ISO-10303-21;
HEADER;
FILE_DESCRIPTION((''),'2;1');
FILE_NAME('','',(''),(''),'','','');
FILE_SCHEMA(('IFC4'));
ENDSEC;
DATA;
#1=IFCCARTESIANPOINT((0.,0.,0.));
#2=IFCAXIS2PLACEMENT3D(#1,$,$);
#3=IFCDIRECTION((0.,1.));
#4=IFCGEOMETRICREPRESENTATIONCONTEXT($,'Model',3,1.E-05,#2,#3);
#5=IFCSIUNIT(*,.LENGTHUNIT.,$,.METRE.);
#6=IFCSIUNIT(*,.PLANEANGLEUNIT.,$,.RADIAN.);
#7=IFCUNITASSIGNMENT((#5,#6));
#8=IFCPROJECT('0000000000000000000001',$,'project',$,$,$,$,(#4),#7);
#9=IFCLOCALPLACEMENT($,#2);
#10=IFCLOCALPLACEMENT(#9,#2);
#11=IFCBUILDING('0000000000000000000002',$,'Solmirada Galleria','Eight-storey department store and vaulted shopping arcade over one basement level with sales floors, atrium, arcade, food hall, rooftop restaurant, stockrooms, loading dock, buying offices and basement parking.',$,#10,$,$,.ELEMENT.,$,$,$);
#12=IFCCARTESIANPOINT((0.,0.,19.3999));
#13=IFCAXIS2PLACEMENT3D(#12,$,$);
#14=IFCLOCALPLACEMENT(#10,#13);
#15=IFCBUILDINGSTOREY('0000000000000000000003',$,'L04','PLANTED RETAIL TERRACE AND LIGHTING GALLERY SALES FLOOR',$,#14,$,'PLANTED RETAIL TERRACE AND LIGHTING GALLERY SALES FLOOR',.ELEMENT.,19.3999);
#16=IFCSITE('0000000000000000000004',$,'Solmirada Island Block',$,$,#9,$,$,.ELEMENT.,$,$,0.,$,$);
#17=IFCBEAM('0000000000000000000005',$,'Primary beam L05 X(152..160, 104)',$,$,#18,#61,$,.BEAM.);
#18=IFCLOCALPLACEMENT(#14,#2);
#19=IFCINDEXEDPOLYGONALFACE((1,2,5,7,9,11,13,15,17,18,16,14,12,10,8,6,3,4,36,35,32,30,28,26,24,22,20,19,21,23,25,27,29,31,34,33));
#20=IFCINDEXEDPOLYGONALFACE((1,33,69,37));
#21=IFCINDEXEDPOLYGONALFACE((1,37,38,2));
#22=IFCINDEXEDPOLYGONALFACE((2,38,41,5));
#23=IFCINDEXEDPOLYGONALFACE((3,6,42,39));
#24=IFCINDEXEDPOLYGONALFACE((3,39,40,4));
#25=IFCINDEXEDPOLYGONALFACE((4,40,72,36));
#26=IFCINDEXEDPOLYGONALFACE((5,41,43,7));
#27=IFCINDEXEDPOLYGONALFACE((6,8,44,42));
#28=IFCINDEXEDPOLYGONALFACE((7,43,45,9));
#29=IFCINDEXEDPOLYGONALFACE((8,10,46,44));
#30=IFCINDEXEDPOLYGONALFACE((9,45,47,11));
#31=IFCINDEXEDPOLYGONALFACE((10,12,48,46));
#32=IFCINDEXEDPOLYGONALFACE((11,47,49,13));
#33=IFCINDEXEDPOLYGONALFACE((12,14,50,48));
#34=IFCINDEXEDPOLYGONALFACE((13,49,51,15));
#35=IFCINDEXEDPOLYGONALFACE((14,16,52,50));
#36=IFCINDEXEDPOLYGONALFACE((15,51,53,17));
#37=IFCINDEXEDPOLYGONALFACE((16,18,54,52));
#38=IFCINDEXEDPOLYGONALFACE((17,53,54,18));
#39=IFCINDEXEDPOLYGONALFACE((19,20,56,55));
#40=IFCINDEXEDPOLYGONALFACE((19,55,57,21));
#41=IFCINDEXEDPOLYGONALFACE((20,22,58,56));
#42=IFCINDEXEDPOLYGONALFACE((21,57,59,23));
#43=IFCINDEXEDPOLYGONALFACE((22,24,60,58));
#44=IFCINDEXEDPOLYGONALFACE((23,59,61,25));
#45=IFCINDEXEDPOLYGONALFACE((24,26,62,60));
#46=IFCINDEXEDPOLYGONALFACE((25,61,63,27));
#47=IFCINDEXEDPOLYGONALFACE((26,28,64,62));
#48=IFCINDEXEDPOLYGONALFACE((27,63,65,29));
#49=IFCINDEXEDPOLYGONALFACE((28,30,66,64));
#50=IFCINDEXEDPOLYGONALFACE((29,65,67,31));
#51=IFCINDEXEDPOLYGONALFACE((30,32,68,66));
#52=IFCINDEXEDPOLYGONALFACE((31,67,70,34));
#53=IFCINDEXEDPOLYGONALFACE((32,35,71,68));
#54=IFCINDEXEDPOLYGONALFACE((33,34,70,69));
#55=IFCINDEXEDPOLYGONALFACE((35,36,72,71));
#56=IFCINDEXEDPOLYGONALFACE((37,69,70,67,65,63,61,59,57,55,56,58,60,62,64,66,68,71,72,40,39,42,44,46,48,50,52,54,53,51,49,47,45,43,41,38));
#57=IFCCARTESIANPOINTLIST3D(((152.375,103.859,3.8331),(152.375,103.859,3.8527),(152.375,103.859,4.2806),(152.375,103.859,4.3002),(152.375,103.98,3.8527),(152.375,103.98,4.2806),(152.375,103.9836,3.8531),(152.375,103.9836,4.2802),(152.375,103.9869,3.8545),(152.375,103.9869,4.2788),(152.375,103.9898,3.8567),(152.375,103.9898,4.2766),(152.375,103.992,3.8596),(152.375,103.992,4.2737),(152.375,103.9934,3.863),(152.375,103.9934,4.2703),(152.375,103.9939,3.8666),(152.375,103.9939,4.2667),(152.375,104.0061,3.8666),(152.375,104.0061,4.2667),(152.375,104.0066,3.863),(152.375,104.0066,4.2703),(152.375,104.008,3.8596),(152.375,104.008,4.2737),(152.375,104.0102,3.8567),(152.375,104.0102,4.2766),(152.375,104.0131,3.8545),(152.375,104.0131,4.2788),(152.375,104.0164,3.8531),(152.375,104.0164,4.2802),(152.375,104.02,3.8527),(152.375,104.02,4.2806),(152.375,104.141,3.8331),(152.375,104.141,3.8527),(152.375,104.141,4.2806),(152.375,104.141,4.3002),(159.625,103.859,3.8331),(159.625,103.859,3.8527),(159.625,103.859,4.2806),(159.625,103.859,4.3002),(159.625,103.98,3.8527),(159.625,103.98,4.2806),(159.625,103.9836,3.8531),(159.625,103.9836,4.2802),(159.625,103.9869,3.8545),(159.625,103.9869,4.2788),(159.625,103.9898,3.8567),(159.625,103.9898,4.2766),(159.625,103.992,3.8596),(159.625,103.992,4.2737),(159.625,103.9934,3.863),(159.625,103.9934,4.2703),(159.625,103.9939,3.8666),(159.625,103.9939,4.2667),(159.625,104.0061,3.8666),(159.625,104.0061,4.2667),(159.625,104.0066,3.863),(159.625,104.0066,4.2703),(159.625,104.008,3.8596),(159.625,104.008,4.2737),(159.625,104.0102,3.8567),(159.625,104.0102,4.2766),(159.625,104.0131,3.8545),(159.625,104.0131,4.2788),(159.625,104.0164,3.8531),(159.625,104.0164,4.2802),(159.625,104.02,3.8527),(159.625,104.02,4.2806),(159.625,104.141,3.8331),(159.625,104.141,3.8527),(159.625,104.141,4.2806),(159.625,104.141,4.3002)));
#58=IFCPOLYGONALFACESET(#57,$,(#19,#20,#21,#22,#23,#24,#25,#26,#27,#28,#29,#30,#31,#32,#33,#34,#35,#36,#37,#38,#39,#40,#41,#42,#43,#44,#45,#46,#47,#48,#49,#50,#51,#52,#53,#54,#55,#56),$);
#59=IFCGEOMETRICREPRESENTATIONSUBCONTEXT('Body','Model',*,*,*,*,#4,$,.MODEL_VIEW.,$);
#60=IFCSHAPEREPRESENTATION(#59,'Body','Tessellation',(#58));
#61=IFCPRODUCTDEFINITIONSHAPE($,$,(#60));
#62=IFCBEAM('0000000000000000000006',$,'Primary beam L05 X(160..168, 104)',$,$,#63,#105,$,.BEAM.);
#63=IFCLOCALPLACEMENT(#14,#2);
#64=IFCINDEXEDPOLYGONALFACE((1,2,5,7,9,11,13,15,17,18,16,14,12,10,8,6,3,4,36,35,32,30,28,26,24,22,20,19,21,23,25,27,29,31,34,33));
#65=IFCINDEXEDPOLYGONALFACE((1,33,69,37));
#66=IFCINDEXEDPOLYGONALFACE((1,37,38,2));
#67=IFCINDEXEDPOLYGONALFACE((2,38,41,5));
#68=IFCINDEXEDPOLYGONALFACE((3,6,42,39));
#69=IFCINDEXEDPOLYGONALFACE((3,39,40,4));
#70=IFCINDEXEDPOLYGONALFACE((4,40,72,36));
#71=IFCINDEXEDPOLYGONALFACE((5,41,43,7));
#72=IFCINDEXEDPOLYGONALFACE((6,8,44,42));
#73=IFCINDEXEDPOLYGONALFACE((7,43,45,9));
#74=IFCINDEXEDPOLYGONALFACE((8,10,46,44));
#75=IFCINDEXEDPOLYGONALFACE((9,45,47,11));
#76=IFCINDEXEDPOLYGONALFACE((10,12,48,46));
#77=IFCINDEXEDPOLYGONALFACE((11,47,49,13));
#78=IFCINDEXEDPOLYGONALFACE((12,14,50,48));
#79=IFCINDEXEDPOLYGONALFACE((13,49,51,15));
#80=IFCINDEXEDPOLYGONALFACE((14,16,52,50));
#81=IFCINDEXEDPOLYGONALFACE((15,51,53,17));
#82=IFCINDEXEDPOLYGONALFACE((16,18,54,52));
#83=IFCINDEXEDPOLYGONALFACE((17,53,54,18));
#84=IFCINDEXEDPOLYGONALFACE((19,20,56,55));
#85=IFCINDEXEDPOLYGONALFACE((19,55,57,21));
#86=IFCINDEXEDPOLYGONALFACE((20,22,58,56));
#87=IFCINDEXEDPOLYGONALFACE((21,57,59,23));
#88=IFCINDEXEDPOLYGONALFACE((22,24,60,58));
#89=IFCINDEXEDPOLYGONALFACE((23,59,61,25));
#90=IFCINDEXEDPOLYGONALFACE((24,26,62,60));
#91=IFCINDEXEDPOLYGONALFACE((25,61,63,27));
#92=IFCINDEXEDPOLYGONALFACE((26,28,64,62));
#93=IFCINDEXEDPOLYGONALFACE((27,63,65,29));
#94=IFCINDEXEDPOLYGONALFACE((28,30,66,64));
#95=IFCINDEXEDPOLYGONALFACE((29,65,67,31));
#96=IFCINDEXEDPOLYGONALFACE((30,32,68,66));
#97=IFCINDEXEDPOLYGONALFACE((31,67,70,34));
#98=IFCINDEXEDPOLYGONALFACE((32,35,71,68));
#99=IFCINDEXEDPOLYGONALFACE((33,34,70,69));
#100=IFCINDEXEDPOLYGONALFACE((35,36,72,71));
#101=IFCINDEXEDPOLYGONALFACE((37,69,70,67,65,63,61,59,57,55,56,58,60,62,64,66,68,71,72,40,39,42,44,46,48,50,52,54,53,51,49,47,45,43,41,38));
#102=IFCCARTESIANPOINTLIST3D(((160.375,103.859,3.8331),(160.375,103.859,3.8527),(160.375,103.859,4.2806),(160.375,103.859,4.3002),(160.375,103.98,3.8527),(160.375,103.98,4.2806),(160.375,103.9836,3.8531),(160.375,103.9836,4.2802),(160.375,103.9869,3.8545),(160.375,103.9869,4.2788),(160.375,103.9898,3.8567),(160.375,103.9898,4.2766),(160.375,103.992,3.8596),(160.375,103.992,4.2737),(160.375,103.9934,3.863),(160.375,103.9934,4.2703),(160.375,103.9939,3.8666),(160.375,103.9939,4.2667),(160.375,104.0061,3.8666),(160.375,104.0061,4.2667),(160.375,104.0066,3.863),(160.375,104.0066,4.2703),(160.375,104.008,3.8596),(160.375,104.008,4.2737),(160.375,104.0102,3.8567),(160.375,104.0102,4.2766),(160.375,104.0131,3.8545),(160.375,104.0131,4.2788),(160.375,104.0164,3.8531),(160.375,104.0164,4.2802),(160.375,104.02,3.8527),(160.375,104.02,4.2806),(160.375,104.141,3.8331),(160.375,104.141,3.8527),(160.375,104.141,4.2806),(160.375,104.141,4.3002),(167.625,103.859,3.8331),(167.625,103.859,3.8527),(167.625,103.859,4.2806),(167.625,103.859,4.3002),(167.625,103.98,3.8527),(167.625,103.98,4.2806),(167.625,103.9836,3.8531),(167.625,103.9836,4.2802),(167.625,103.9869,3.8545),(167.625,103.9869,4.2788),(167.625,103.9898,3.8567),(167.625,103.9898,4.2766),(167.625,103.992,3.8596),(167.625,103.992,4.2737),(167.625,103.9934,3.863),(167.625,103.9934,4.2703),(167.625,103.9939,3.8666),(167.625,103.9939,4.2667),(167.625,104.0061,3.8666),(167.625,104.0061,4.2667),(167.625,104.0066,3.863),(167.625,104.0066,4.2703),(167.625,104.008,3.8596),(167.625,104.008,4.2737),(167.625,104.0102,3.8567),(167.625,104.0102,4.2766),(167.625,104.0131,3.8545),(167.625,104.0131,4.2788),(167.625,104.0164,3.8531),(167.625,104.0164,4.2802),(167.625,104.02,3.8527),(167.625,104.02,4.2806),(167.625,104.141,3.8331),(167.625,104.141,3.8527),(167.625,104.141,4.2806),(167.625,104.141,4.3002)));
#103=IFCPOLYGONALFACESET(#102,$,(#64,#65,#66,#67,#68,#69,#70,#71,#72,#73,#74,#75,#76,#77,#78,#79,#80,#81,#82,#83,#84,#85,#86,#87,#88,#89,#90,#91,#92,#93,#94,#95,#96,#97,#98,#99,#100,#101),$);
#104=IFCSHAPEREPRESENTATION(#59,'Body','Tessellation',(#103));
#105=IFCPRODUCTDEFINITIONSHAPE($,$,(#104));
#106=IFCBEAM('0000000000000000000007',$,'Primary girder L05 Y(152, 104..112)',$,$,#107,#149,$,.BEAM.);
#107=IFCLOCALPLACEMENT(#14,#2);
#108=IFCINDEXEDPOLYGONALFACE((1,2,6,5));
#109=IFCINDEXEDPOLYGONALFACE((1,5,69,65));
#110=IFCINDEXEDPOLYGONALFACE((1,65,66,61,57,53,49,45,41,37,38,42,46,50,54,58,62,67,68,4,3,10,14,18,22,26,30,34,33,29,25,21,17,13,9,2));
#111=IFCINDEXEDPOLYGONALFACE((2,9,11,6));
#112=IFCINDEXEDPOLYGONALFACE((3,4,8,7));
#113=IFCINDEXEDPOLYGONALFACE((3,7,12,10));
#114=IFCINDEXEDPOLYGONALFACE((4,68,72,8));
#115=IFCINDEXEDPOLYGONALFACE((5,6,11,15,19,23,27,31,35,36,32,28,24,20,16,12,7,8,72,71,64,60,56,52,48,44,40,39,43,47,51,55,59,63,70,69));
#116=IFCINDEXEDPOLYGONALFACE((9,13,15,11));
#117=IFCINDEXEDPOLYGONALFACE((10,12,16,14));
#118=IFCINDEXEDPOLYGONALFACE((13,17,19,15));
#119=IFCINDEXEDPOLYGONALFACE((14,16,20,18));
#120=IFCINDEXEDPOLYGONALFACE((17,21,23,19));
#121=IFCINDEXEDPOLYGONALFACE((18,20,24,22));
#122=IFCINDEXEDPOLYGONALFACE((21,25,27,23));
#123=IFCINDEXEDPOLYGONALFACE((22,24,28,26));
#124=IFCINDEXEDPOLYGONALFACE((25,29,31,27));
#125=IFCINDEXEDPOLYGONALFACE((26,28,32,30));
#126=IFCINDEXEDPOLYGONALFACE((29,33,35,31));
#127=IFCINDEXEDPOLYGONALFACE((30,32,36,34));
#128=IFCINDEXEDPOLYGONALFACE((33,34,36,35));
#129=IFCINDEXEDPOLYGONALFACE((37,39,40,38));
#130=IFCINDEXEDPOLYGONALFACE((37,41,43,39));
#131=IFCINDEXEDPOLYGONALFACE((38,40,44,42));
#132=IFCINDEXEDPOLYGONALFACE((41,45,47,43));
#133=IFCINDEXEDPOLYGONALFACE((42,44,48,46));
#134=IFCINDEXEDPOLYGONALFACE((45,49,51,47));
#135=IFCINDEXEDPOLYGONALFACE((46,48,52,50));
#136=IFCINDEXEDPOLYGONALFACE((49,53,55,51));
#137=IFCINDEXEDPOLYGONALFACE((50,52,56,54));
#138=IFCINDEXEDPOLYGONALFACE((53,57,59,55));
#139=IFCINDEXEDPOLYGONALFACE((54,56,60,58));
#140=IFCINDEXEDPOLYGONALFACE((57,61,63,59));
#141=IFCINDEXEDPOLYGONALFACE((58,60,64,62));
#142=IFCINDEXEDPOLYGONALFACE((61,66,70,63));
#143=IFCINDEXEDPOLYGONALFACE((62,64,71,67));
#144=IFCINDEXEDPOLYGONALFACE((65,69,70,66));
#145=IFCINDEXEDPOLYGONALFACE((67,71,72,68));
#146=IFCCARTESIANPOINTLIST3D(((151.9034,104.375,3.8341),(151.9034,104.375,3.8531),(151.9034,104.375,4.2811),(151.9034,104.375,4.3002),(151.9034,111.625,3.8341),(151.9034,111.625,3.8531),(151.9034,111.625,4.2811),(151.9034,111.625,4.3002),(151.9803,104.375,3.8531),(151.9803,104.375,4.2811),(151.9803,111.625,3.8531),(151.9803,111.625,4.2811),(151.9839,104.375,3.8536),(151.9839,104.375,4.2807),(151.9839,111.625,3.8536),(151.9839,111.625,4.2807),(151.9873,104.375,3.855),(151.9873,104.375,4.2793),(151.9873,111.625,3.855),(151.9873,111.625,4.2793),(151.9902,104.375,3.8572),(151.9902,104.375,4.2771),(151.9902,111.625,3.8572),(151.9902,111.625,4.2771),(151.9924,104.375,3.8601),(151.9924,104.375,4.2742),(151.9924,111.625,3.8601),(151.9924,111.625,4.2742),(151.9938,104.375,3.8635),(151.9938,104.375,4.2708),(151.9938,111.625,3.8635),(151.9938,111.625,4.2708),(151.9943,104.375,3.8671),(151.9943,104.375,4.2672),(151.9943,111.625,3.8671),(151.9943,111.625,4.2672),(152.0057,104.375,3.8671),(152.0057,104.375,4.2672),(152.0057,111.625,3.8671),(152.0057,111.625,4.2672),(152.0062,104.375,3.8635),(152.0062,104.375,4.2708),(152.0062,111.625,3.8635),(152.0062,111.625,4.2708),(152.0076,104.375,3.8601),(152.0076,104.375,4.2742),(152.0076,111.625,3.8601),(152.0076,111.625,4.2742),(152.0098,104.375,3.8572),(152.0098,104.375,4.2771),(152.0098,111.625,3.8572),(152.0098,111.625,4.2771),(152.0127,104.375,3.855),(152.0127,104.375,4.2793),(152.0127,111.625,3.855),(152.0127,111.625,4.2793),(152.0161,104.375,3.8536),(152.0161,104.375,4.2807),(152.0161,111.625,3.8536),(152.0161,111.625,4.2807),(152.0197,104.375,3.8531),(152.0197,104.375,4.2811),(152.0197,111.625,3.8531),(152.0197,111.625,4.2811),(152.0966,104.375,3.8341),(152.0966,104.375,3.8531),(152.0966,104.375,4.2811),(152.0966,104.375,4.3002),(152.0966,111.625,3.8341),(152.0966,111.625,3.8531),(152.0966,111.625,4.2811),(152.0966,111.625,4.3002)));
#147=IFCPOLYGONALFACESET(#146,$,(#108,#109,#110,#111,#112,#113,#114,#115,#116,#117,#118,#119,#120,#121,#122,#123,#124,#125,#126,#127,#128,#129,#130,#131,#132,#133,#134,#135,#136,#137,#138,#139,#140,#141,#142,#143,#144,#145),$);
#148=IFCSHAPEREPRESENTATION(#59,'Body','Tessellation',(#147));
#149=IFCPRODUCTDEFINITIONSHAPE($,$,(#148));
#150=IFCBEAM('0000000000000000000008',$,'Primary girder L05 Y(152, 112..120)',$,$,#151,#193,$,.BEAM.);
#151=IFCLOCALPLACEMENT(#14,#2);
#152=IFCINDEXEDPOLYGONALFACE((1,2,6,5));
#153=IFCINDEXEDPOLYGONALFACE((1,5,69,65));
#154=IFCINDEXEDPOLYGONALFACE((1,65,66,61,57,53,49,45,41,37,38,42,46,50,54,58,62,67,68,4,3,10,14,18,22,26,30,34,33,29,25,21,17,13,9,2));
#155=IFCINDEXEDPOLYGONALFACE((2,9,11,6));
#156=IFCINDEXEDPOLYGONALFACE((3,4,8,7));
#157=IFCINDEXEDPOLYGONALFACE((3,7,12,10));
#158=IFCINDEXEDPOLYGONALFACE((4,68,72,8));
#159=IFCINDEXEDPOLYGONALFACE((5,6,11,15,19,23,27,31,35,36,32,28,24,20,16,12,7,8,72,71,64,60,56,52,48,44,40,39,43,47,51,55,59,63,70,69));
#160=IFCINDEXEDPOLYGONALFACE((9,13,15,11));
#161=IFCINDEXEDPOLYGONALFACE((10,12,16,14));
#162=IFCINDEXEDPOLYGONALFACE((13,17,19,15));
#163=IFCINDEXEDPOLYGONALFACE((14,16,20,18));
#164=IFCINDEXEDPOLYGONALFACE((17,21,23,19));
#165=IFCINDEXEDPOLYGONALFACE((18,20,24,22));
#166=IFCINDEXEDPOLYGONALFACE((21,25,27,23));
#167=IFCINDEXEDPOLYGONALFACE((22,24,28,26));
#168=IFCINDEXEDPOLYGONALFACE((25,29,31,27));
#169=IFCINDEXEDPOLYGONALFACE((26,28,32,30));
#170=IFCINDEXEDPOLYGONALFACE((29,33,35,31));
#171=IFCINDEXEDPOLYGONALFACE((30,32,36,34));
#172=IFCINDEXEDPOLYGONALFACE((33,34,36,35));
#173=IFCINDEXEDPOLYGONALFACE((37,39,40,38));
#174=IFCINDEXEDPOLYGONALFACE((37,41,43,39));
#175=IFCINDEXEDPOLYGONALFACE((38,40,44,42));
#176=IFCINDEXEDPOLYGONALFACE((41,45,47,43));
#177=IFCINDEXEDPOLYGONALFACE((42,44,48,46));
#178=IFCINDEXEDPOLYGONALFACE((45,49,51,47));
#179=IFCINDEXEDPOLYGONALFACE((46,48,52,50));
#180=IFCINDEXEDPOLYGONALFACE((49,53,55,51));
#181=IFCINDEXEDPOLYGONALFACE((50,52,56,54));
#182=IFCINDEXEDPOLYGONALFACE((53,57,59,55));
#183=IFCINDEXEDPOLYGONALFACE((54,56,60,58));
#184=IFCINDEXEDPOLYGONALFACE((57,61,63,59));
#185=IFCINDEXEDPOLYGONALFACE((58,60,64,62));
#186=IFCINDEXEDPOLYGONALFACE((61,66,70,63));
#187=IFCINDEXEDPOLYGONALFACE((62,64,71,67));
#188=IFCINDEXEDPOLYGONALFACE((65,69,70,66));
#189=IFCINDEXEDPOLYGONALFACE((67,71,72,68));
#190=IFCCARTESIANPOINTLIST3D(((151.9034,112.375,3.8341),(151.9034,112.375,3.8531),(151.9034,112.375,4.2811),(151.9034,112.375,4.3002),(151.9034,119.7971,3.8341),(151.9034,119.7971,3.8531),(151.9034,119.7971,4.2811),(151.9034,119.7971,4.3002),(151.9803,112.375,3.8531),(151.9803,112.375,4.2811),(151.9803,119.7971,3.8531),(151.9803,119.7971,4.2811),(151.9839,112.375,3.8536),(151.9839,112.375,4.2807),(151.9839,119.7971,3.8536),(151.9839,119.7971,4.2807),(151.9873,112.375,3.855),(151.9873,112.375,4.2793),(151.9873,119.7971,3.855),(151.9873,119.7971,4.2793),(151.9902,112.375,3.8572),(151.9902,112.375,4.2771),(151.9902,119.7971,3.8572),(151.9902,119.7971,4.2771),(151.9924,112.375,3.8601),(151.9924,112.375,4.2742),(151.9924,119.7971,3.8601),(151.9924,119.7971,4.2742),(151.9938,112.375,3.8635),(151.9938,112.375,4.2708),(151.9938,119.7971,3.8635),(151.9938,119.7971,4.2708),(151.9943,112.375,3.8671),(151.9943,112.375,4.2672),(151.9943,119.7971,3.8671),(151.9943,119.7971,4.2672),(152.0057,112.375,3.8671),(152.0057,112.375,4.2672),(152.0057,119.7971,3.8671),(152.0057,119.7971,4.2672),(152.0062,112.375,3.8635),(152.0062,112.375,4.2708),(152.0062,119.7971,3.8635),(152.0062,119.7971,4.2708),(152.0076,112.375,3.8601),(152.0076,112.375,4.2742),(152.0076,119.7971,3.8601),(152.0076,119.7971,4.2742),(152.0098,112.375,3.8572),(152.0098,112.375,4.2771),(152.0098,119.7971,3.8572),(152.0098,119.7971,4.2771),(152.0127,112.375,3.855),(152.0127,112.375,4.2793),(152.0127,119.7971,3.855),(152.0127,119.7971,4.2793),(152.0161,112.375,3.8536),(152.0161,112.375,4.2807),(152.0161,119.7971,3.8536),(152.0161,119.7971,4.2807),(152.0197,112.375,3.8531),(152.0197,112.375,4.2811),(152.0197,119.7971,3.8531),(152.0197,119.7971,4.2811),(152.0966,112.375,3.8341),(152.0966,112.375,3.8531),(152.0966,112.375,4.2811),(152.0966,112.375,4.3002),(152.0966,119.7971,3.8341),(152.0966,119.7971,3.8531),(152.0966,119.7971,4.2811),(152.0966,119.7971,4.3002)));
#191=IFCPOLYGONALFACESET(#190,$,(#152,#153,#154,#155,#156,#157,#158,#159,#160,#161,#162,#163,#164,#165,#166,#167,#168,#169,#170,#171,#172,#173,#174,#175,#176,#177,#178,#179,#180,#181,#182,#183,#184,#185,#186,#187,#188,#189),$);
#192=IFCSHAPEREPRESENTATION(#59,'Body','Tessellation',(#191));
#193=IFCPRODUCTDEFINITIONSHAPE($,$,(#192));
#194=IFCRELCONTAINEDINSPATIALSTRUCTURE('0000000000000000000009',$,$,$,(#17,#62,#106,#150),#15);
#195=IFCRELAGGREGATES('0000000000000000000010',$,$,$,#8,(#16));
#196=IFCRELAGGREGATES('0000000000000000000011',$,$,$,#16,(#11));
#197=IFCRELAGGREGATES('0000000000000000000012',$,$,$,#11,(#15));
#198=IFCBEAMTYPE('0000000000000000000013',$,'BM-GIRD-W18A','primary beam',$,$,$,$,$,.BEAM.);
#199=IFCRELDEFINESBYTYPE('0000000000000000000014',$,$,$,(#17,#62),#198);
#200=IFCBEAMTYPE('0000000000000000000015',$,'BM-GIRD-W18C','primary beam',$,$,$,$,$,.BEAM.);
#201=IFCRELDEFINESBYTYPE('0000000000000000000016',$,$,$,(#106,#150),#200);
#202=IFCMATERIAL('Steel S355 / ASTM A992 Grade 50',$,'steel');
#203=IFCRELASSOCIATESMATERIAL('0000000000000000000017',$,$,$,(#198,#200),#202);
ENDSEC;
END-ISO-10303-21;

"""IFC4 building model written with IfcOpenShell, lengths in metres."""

from ifc_helpers import new_model, si_unit, direction, frame, origin, origin_2d, place, context, subcontext, project, spatial, i_section, extrude, material, material_profile, profile_set, type_object, element, save


model = new_model("IFC4")

# Units and contexts
model_context = context("Model", 3, precision=1e-05, world=origin(), true_north=direction((0.0, 1.0)))
body_context = subcontext(model_context, "Body", "Model", "MODEL_VIEW")
ifc_project = project(units=[si_unit("LENGTHUNIT", "METRE"), si_unit("PLANEANGLEUNIT", "RADIAN")], contexts=[model_context])

# Site, building, storey
site_placement = place(None, origin())
site = spatial("IfcSite", under=ifc_project, at=site_placement, Name="Solmirada Island Block", CompositionType="ELEMENT", RefElevation=0.0)
building_placement = place(site_placement, origin())
building = spatial("IfcBuilding", under=site, at=building_placement, Name="Solmirada Galleria", Description="Eight-storey department store and vaulted shopping arcade over one basement level with sales floors, atrium, arcade, food hall, rooftop restaurant, stockrooms, loading dock, buying offices and basement parking.", CompositionType="ELEMENT")
storey_placement = place(building_placement, frame((0.0, 0.0, 19.3999)))
storey = spatial("IfcBuildingStorey", under=building, at=storey_placement, Name="L04", Description="PLANTED RETAIL TERRACE AND LIGHTING GALLERY SALES FLOOR", LongName="PLANTED RETAIL TERRACE AND LIGHTING GALLERY SALES FLOOR", CompositionType="ELEMENT", Elevation=19.3999)

# Beams
ifc_material_1 = material(Name="Steel S355 / ASTM A992 Grade 50", Category="steel")
ifc_material_profile_1 = material_profile(ifc_material_1, i_section(OverallWidth=0.282, OverallDepth=0.467, WebThickness=0.0122, FlangeThickness=0.0195, FilletRadius=0.0139, at=origin_2d()), Name="W18X86")
ifc_profile_set_1 = profile_set([ifc_material_profile_1], Name="Steel S355 / ASTM A992 Grade 50")
beam_type_1 = type_object("IfcBeamType", Name="BM-GIRD-W18A", Description="primary beam", PredefinedType="BEAM", material=ifc_profile_set_1)
for number, where, z_axis, x_axis, name in (
    (1, (152.375, 104.0, 4.0667), (1.0, 0.0, 0.0), (0.0, 1.0, 0.0), "Primary beam L05 X(152..160, 104)"),
    (2, (160.375, 104.0, 4.0667), (1.0, 0.0, 0.0), (0.0, 1.0, 0.0), "Primary beam L05 X(160..168, 104)"),
):
    element("IfcBeam", number, at=place(storey_placement, frame(where, z_axis=z_axis, x_axis=x_axis)), inside=storey, type_object=beam_type_1, Name=name, PredefinedType="BEAM", context=body_context, shape_type="SweptSolid", body=[
        extrude(i_section(OverallWidth=0.282, OverallDepth=0.467, WebThickness=0.0122, FlangeThickness=0.0195, FilletRadius=0.0139, at=origin_2d()), origin(), (0.0, 0.0, 1.0), 7.25),
    ])
ifc_material_profile_2 = material_profile(ifc_material_1, i_section(OverallWidth=0.1931, OverallDepth=0.4661, WebThickness=0.0115, FlangeThickness=0.019, FilletRadius=0.0139, at=origin_2d()), Name="W18X65")
ifc_profile_set_2 = profile_set([ifc_material_profile_2], Name="Steel S355 / ASTM A992 Grade 50")
beam_type_2 = type_object("IfcBeamType", Name="BM-GIRD-W18C", Description="primary beam", PredefinedType="BEAM", material=ifc_profile_set_2)
beam_1_placement = place(storey_placement, frame((152.0, 104.375, 4.0671), z_axis=(0.0, 1.0, 0.0), x_axis=(-1.0, 0.0, 0.0)))
element("IfcBeam", 3, at=beam_1_placement, inside=storey, type_object=beam_type_2, Name="Primary girder L05 Y(152, 104..112)", PredefinedType="BEAM", context=body_context, shape_type="SweptSolid", body=[
    extrude(i_section(OverallWidth=0.1931, OverallDepth=0.4661, WebThickness=0.0115, FlangeThickness=0.019, FilletRadius=0.0139, at=origin_2d()), origin(), (0.0, 0.0, 1.0), 7.25),
])
beam_2_placement = place(storey_placement, frame((152.0, 112.375, 4.0671), z_axis=(0.0, 1.0, 0.0), x_axis=(-1.0, 0.0, 0.0)))
element("IfcBeam", 4, at=beam_2_placement, inside=storey, type_object=beam_type_2, Name="Primary girder L05 Y(152, 112..120)", PredefinedType="BEAM", context=body_context, shape_type="SweptSolid", body=[
    extrude(i_section(OverallWidth=0.1931, OverallDepth=0.4661, WebThickness=0.0115, FlangeThickness=0.019, FilletRadius=0.0139, at=origin_2d()), origin(), (0.0, 0.0, 1.0), 7.4221),
])

save(model, "model.ifc")
